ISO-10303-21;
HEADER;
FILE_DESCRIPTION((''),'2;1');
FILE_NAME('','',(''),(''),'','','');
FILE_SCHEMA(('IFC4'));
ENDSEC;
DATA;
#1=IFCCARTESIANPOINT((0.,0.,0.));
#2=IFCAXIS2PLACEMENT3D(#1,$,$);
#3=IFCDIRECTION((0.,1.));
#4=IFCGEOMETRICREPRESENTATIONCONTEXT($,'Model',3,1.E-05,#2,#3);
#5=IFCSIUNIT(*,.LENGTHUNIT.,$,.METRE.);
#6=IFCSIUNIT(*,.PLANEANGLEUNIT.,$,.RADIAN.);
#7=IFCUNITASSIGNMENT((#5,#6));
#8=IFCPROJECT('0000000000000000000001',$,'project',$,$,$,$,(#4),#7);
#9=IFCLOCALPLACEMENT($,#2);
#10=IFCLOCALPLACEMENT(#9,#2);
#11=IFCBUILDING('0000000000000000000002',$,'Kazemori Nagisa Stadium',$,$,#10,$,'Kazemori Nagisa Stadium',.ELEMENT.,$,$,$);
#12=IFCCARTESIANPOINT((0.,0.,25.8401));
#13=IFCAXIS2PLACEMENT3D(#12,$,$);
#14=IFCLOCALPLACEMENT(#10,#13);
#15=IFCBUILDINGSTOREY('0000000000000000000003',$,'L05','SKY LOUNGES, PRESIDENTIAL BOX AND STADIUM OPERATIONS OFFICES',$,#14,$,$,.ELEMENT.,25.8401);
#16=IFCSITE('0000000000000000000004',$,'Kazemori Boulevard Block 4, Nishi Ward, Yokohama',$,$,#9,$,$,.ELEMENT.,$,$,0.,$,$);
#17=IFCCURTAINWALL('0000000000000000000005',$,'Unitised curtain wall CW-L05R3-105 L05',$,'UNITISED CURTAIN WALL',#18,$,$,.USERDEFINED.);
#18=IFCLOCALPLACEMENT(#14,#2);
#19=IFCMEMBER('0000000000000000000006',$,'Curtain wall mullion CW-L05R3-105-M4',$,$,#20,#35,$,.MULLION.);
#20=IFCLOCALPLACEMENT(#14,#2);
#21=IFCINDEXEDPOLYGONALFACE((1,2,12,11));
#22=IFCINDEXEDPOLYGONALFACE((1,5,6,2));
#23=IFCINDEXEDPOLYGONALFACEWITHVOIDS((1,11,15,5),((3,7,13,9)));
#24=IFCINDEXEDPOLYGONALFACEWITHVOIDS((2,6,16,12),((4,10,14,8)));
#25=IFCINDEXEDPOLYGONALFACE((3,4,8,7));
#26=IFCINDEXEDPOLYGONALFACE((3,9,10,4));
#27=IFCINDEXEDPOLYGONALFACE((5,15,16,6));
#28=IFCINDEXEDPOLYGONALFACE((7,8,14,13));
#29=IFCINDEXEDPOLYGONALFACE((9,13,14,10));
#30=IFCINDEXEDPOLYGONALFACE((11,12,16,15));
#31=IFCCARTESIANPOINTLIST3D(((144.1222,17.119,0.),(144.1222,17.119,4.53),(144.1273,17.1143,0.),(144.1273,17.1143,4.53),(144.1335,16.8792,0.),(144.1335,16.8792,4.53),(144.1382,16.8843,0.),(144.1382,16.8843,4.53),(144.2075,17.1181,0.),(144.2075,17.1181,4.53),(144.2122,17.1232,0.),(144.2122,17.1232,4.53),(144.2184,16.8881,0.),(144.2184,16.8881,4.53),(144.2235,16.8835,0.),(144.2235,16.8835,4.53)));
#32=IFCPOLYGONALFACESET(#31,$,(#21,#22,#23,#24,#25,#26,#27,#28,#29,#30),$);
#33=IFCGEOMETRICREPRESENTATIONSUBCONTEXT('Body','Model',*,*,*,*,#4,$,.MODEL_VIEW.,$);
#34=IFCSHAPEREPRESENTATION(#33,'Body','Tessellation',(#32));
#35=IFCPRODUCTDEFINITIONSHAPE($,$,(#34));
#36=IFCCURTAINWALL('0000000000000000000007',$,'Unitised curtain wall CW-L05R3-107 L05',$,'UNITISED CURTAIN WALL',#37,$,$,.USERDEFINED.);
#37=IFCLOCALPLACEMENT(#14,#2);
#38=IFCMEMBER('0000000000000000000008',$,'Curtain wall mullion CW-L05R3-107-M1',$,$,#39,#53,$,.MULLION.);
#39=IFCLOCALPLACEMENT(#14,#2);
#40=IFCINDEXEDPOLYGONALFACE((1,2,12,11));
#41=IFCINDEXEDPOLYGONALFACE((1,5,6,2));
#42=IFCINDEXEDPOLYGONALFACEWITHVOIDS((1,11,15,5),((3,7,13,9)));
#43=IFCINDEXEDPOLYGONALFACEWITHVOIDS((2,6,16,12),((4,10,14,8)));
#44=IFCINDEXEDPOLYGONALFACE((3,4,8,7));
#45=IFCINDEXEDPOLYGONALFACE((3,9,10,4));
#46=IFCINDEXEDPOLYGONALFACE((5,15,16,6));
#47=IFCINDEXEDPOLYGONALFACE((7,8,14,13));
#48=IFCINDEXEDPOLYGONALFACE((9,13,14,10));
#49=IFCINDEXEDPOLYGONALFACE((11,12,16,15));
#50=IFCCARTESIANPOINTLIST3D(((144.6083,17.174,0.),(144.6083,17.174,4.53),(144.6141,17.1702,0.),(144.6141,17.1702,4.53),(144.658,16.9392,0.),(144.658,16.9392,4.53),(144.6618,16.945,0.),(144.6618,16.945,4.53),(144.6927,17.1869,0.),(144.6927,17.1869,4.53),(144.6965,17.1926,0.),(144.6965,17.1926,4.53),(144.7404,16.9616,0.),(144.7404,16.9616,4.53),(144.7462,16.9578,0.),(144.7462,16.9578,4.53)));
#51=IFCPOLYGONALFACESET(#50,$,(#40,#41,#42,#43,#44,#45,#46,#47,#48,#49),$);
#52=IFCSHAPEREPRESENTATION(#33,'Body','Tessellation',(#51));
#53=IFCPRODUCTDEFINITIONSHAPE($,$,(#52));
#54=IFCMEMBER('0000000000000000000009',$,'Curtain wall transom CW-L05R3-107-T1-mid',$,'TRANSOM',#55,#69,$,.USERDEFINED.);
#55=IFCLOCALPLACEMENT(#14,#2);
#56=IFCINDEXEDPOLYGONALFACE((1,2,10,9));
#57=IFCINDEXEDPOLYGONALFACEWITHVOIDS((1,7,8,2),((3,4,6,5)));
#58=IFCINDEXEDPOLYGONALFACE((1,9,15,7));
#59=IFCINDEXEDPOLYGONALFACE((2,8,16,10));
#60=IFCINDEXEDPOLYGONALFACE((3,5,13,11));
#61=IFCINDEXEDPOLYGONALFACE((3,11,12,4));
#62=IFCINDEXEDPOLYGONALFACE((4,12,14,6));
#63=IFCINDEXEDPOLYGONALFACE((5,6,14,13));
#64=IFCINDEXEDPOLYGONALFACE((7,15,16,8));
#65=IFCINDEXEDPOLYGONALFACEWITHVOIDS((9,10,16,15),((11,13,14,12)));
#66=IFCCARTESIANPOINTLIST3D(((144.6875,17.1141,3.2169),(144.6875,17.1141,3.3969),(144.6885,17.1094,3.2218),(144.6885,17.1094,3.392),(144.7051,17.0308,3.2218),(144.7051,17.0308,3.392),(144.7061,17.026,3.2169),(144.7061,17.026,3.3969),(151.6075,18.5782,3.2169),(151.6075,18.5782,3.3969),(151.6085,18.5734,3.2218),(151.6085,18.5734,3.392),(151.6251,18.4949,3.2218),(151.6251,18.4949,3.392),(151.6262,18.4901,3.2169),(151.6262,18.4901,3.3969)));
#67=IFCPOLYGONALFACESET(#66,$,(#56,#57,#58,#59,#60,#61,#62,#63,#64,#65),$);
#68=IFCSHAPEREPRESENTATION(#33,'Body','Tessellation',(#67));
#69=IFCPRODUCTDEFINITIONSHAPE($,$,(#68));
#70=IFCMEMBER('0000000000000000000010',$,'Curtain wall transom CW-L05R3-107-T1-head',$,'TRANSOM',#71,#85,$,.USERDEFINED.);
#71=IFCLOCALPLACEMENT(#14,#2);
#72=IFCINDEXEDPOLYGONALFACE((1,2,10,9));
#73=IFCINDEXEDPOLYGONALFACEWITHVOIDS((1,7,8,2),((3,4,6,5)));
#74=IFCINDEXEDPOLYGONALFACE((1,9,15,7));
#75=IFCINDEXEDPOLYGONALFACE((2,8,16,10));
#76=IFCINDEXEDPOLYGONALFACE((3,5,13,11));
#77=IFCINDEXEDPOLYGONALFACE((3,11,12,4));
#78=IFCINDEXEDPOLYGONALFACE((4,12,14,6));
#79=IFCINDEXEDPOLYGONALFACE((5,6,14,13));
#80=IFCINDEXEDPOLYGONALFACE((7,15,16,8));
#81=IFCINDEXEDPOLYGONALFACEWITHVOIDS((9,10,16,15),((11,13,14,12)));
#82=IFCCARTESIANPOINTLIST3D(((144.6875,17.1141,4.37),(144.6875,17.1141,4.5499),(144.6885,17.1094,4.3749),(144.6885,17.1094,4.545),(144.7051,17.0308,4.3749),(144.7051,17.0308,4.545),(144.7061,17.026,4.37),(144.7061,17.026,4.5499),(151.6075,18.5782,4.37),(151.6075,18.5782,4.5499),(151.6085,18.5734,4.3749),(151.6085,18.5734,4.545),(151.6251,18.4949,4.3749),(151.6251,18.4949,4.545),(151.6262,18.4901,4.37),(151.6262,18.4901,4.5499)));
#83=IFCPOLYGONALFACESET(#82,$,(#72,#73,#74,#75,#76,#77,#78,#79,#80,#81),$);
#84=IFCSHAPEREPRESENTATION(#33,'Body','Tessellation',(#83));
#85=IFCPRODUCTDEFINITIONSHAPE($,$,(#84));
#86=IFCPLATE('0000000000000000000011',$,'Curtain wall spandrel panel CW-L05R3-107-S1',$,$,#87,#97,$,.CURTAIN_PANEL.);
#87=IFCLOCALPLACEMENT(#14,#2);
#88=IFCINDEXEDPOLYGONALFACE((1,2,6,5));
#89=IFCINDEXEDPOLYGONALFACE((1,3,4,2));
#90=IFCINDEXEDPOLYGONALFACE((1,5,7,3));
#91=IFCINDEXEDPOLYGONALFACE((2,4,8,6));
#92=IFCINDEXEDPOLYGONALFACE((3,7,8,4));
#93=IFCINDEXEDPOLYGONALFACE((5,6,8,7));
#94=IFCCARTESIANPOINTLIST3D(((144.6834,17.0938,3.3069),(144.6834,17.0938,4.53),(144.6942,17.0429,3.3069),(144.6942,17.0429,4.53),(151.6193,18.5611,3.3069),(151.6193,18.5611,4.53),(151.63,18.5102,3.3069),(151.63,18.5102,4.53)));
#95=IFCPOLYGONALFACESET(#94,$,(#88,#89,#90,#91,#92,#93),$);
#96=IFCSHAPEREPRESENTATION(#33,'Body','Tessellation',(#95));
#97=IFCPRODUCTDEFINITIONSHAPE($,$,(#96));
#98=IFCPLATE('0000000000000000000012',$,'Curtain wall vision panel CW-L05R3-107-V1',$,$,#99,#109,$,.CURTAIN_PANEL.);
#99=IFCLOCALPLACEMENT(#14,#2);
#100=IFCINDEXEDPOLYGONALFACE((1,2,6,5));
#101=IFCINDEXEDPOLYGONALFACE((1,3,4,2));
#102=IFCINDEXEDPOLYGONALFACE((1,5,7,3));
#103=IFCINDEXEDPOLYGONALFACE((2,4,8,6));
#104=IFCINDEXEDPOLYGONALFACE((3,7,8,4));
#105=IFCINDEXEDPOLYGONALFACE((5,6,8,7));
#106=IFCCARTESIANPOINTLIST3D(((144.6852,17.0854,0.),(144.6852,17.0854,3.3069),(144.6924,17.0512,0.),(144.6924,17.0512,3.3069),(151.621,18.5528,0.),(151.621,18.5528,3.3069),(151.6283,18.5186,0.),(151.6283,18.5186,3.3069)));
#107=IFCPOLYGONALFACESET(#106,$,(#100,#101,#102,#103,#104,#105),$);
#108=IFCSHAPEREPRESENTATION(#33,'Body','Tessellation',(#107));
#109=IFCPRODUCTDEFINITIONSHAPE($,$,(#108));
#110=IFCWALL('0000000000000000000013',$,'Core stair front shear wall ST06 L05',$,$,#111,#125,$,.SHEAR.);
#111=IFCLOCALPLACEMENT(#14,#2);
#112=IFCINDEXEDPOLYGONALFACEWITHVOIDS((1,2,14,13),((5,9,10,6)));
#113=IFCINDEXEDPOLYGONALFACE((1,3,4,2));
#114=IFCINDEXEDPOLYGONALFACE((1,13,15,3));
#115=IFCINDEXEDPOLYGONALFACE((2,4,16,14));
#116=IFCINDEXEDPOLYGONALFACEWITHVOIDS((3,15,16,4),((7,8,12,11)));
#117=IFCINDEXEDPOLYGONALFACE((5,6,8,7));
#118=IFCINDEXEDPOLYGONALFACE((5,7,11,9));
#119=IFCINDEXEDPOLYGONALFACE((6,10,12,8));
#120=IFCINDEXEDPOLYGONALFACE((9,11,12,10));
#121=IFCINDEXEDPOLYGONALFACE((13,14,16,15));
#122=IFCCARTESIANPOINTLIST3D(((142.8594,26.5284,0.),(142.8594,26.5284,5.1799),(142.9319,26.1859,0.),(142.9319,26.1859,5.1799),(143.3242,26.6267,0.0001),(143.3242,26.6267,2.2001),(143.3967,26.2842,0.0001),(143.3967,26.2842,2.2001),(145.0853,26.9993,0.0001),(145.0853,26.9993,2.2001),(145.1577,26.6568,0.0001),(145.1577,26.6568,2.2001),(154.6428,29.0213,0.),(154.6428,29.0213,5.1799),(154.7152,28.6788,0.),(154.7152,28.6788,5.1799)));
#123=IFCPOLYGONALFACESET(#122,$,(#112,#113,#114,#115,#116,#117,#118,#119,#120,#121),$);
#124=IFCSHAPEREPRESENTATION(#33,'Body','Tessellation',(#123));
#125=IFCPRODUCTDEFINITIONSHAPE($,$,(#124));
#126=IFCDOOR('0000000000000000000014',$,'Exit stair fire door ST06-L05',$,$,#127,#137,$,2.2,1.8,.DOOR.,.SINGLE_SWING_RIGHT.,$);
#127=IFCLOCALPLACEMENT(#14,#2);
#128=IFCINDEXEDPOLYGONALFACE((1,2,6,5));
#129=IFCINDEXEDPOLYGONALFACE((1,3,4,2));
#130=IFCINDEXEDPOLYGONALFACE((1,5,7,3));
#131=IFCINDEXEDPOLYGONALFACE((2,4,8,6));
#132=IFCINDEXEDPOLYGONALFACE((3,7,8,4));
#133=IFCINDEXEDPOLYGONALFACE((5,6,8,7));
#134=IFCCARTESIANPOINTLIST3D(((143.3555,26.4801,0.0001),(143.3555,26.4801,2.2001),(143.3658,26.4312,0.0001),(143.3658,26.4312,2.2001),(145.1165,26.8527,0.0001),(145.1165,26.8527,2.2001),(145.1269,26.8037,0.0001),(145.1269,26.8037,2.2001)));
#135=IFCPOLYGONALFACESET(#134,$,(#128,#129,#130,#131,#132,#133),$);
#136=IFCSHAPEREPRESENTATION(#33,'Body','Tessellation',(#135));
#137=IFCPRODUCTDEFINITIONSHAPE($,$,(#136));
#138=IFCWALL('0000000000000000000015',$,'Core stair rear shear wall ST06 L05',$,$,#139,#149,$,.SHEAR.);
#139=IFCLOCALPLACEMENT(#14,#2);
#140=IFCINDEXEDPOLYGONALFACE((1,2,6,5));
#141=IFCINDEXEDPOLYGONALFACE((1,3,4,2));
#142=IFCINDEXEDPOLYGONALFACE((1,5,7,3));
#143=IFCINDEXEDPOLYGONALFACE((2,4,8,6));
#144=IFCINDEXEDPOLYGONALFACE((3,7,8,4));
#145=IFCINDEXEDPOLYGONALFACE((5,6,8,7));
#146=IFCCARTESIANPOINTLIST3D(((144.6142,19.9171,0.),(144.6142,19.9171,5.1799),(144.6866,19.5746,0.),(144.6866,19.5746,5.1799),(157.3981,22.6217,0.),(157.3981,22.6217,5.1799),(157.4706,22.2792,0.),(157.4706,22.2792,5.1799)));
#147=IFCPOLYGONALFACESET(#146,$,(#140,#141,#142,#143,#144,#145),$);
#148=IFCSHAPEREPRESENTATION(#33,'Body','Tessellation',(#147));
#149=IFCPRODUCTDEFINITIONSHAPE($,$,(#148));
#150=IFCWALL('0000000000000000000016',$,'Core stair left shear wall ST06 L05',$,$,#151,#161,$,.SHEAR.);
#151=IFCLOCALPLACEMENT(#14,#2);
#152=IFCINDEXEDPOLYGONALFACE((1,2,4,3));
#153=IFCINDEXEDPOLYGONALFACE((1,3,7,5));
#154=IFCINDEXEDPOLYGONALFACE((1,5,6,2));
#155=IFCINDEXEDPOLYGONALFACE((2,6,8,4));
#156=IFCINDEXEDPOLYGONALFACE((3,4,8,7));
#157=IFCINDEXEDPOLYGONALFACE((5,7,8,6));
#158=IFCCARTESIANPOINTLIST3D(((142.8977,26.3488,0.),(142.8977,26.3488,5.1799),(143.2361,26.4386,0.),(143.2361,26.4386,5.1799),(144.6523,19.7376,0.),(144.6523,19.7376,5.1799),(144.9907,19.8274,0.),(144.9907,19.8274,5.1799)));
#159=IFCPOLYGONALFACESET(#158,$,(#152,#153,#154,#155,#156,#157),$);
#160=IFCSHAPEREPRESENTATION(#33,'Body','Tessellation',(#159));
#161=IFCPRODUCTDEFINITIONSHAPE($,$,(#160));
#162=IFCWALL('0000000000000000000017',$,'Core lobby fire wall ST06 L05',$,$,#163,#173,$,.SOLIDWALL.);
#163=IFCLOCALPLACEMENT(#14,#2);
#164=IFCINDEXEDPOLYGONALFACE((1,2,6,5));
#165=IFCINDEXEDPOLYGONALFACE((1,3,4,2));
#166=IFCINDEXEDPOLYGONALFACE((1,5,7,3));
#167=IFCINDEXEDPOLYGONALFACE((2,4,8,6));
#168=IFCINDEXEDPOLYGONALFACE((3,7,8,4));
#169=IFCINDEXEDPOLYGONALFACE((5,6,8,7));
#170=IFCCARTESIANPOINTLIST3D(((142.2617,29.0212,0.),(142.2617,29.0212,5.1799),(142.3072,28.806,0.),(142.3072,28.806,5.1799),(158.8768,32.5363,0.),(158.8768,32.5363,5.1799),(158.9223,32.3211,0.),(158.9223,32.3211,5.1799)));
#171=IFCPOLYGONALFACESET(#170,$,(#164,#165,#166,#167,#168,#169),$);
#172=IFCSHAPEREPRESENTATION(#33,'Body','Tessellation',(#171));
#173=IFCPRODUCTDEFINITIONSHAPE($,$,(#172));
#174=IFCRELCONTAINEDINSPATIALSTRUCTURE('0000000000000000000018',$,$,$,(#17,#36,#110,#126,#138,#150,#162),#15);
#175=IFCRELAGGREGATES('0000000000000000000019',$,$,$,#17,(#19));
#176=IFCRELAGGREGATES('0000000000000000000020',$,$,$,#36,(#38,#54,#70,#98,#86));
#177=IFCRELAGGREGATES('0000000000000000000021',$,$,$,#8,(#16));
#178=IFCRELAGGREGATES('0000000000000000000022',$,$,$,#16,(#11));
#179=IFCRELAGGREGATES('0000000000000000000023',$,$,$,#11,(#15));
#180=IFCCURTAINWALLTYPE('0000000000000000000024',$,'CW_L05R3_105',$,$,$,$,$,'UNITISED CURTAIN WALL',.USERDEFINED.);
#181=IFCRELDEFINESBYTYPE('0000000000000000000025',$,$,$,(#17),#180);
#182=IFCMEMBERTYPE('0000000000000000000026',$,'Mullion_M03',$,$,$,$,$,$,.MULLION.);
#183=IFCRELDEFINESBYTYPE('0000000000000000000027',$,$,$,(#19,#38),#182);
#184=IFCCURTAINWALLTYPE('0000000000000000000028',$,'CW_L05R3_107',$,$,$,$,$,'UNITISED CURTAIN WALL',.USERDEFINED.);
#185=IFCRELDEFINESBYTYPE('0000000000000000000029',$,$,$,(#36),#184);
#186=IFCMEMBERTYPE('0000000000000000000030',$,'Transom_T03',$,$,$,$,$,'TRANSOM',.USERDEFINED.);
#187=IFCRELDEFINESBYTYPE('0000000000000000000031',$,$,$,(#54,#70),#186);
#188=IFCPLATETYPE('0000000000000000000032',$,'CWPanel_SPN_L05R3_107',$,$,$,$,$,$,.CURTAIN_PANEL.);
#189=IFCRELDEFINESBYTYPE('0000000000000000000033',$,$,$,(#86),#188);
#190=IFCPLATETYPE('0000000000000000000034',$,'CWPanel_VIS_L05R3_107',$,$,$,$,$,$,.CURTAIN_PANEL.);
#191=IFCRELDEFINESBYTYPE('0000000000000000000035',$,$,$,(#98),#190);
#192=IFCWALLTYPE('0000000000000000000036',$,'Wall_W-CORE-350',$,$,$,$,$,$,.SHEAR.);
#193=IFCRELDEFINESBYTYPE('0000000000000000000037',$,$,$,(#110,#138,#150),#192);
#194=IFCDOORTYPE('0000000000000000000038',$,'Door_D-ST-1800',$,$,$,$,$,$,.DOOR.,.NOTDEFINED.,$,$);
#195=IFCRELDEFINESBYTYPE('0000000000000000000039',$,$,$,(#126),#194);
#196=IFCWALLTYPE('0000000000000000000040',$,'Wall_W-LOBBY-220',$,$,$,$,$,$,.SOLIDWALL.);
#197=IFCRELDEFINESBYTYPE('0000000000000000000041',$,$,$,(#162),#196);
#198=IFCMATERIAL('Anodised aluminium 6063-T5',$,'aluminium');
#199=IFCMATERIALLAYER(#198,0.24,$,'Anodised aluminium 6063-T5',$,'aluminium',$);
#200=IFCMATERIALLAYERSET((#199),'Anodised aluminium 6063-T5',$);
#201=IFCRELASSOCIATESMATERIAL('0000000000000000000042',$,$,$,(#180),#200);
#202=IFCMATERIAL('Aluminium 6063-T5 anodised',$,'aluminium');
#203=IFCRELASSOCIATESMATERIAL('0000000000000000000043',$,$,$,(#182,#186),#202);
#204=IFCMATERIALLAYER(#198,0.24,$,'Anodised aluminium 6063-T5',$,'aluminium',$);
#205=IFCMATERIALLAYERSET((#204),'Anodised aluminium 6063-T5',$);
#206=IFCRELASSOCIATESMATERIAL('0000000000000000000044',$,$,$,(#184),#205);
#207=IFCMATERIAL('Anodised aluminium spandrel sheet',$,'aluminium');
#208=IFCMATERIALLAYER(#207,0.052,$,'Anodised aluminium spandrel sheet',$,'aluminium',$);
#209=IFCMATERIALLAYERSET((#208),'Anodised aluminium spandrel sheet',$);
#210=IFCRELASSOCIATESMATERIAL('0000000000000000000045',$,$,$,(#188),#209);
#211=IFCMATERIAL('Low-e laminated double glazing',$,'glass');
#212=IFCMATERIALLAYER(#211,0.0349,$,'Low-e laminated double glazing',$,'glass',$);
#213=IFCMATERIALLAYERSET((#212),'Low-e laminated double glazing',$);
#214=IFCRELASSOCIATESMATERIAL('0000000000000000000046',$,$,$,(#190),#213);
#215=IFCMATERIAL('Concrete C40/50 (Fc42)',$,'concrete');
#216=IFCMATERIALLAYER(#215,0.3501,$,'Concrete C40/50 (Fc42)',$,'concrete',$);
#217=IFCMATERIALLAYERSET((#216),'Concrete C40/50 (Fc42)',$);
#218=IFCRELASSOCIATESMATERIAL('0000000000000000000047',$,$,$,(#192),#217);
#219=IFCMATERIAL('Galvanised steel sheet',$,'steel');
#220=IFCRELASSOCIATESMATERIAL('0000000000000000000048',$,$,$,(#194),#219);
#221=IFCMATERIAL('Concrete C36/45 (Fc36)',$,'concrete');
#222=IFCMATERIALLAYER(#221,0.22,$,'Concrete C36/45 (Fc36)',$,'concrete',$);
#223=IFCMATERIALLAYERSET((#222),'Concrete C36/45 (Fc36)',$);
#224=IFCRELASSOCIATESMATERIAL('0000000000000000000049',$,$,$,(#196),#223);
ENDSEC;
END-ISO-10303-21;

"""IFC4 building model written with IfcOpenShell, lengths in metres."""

from ifc_helpers import new_model, si_unit, direction, frame, frame_2d, origin, origin_2d, place, context, subcontext, project, spatial, rectangle, hollow_rectangle, extrude, material, layer, layer_set, material_profile, profile_set, type_object, element, fill, aggregate, save


model = new_model("IFC4")

# Units and contexts
model_context = context("Model", 3, precision=1e-05, world=origin(), true_north=direction((0.0, 1.0)))
body_context = subcontext(model_context, "Body", "Model", "MODEL_VIEW")
ifc_project = project(units=[si_unit("LENGTHUNIT", "METRE"), si_unit("PLANEANGLEUNIT", "RADIAN")], contexts=[model_context])

# Site, building, storey
site_placement = place(None, origin())
site = spatial("IfcSite", under=ifc_project, at=site_placement, Name="Kazemori Boulevard Block 4, Nishi Ward, Yokohama", CompositionType="ELEMENT", RefElevation=0.0)
building_placement = place(site_placement, origin())
building = spatial("IfcBuilding", under=site, at=building_placement, Name="Kazemori Nagisa Stadium", LongName="Kazemori Nagisa Stadium", CompositionType="ELEMENT")
storey_placement = place(building_placement, frame((0.0, 0.0, 25.8401)))
storey = spatial("IfcBuildingStorey", under=building, at=storey_placement, Name="L05", Description="SKY LOUNGES, PRESIDENTIAL BOX AND STADIUM OPERATIONS OFFICES", CompositionType="ELEMENT", Elevation=25.8401)

# Shared definitions
ifc_material_1 = material(Name="Concrete C40/50 (Fc42)", Category="concrete")

# Curtain wall, member
ifc_material_2 = material(Name="Anodised aluminium 6063-T5", Category="aluminium")
ifc_layer_1 = layer(ifc_material_2, 0.24, Name="Anodised aluminium 6063-T5", Category="aluminium")
ifc_layer_set_1 = layer_set([ifc_layer_1], Name="Anodised aluminium 6063-T5")
curtain_wall_type_1 = type_object("IfcCurtainWallType", Name="CW_L05R3_105", ElementType="UNITISED CURTAIN WALL", PredefinedType="USERDEFINED", material=ifc_layer_set_1)
curtain_wall_1_placement = place(storey_placement, origin())
curtain_wall_1 = element("IfcCurtainWall", 1, at=curtain_wall_1_placement, inside=storey, type_object=curtain_wall_type_1, Name="Unitised curtain wall CW-L05R3-105 L05", ObjectType="UNITISED CURTAIN WALL", PredefinedType="USERDEFINED")
ifc_material_3 = material(Name="Aluminium 6063-T5 anodised", Category="aluminium")
ifc_material_profile_1 = material_profile(ifc_material_3, hollow_rectangle(XDim=0.0901, YDim=0.24, WallThickness=0.0049, at=origin_2d()), Name="ALU-MULL-90x240x5")
ifc_profile_set_1 = profile_set([ifc_material_profile_1], Name="Aluminium 6063-T5 anodised")
member_type_1 = type_object("IfcMemberType", Name="Mullion_M03", PredefinedType="MULLION", material=ifc_profile_set_1)
member_1_placement = place(storey_placement, frame((144.1729, 17.0012, 0.0), z_axis=(0.0, 0.0, 1.0), x_axis=(0.998884, 0.04723, 0.0)))
member_1 = element("IfcMember", 2, at=member_1_placement, type_object=member_type_1, Name="Curtain wall mullion CW-L05R3-105-M4", PredefinedType="MULLION", context=body_context, shape_type="SweptSolid", body=[
    extrude(hollow_rectangle(XDim=0.0901, YDim=0.24, WallThickness=0.0049, at=origin_2d()), origin(), (0.0, 0.0, 1.0), 4.53),
])
aggregate(curtain_wall_1, [member_1])

# Curtain wall, members, plates
ifc_layer_2 = layer(ifc_material_2, 0.24, Name="Anodised aluminium 6063-T5", Category="aluminium")
ifc_layer_set_2 = layer_set([ifc_layer_2], Name="Anodised aluminium 6063-T5")
curtain_wall_type_2 = type_object("IfcCurtainWallType", Name="CW_L05R3_107", ElementType="UNITISED CURTAIN WALL", PredefinedType="USERDEFINED", material=ifc_layer_set_2)
curtain_wall_2_placement = place(storey_placement, origin())
curtain_wall_2 = element("IfcCurtainWall", 3, at=curtain_wall_2_placement, inside=storey, type_object=curtain_wall_type_2, Name="Unitised curtain wall CW-L05R3-107 L05", ObjectType="UNITISED CURTAIN WALL", PredefinedType="USERDEFINED")
member_2_placement = place(storey_placement, frame((144.6772, 17.0659, 0.0), z_axis=(0.0, 0.0, 1.0), x_axis=(0.978345, 0.206981, 0.0)))
member_2 = element("IfcMember", 4, at=member_2_placement, type_object=member_type_1, Name="Curtain wall mullion CW-L05R3-107-M1", PredefinedType="MULLION", context=body_context, shape_type="SweptSolid", body=[
    extrude(hollow_rectangle(XDim=0.0901, YDim=0.24, WallThickness=0.0049, at=origin_2d()), origin(), (0.0, 0.0, 1.0), 4.53),
])
ifc_material_profile_2 = material_profile(ifc_material_3, hollow_rectangle(XDim=0.0901, YDim=0.1799, WallThickness=0.0049, at=origin_2d()), Name="ALU-TRAN-90x180x5")
ifc_profile_set_2 = profile_set([ifc_material_profile_2], Name="Aluminium 6063-T5 anodised")
member_type_2 = type_object("IfcMemberType", Name="Transom_T03", ElementType="TRANSOM", PredefinedType="USERDEFINED", material=ifc_profile_set_2)
member_3_placement = place(storey_placement, frame((144.6968, 17.0701, 3.3069), z_axis=(0.978343, 0.20699, 0.0), x_axis=(-0.20699, 0.978343, 0.0)))
member_3 = element("IfcMember", 5, at=member_3_placement, type_object=member_type_2, Name="Curtain wall transom CW-L05R3-107-T1-mid", ObjectType="TRANSOM", PredefinedType="USERDEFINED", context=body_context, shape_type="SweptSolid", body=[
    extrude(hollow_rectangle(XDim=0.0901, YDim=0.1799, WallThickness=0.0049, at=origin_2d()), origin(), (0.0, 0.0, 1.0), 7.0732),
])
member_4_placement = place(storey_placement, frame((144.6968, 17.0701, 4.46), z_axis=(0.978343, 0.20699, 0.0), x_axis=(-0.20699, 0.978343, 0.0)))
member_4 = element("IfcMember", 6, at=member_4_placement, type_object=member_type_2, Name="Curtain wall transom CW-L05R3-107-T1-head", ObjectType="TRANSOM", PredefinedType="USERDEFINED", context=body_context, shape_type="SweptSolid", body=[
    extrude(hollow_rectangle(XDim=0.0901, YDim=0.1799, WallThickness=0.0049, at=origin_2d()), origin(), (0.0, 0.0, 1.0), 7.0732),
])
ifc_material_4 = material(Name="Anodised aluminium spandrel sheet", Category="aluminium")
ifc_layer_3 = layer(ifc_material_4, 0.052, Name="Anodised aluminium spandrel sheet", Category="aluminium")
ifc_layer_set_3 = layer_set([ifc_layer_3], Name="Anodised aluminium spandrel sheet")
plate_type_1 = type_object("IfcPlateType", Name="CWPanel_SPN_L05R3_107", PredefinedType="CURTAIN_PANEL", material=ifc_layer_set_3)
plate_1_placement = place(storey_placement, frame((148.1567, 17.802, 3.3069), z_axis=(0.0, 0.0, 1.0), x_axis=(0.978345, 0.206981, 0.0)))
plate_1 = element("IfcPlate", 7, at=plate_1_placement, type_object=plate_type_1, Name="Curtain wall spandrel panel CW-L05R3-107-S1", PredefinedType="CURTAIN_PANEL", context=body_context, shape_type="SweptSolid", body=[
    extrude(rectangle(XDim=7.0894, YDim=0.052, at=origin_2d()), origin(), (0.0, 0.0, 1.0), 1.2231),
])
ifc_material_5 = material(Name="Low-e laminated double glazing", Category="glass")
ifc_layer_4 = layer(ifc_material_5, 0.0349, Name="Low-e laminated double glazing", Category="glass")
ifc_layer_set_4 = layer_set([ifc_layer_4], Name="Low-e laminated double glazing")
plate_type_2 = type_object("IfcPlateType", Name="CWPanel_VIS_L05R3_107", PredefinedType="CURTAIN_PANEL", material=ifc_layer_set_4)
plate_2_placement = place(storey_placement, frame((148.1567, 17.802, 0.0), z_axis=(0.0, 0.0, 1.0), x_axis=(0.978345, 0.206981, 0.0)))
plate_2 = element("IfcPlate", 8, at=plate_2_placement, type_object=plate_type_2, Name="Curtain wall vision panel CW-L05R3-107-V1", PredefinedType="CURTAIN_PANEL", context=body_context, shape_type="SweptSolid", body=[
    extrude(rectangle(XDim=7.0894, YDim=0.0349, at=origin_2d()), origin(), (0.0, 0.0, 1.0), 3.3069),
])
aggregate(curtain_wall_2, [member_2, member_3, member_4, plate_2, plate_1])

# Wall, opening, door
ifc_layer_5 = layer(ifc_material_1, 0.3501, Name="Concrete C40/50 (Fc42)", Category="concrete")
ifc_layer_set_5 = layer_set([ifc_layer_5], Name="Concrete C40/50 (Fc42)")
wall_type_1 = type_object("IfcWallType", Name="Wall_W-CORE-350", PredefinedType="SHEAR", material=ifc_layer_set_5)
wall_1_placement = place(storey_placement, frame((142.8958, 26.3572, 0.0), z_axis=(0.0, 0.0, 1.0), x_axis=(0.978345, 0.20698, 0.0)))
wall_1 = element("IfcWall", 9, at=wall_1_placement, inside=storey, type_object=wall_type_1, Name="Core stair front shear wall ST06 L05", PredefinedType="SHEAR", context=body_context, shape_type="SweptSolid", body=[
    extrude(rectangle(XDim=12.0442, YDim=0.3501, at=frame_2d((6.022, 0.0))), origin(), (0.0, 0.0, 1.0), 5.1799),
])
opening_1_placement = place(wall_1_placement, frame((0.4751, 0.0, 0.0)))
opening_1 = element("IfcOpeningElement", 10, at=opening_1_placement, cuts=wall_1, PredefinedType="OPENING", context=body_context, shape_type="SweptSolid", body=[
    extrude(rectangle(XDim=1.8, YDim=2.2, at=frame_2d((0.8999, 1.1001))), frame((0.0, 0.1851, 0.0), z_axis=(0.0, -1.0, 0.0), x_axis=(1.0, 0.0, 0.0)), (0.0, 0.0, 1.0), 0.3701),
])
ifc_material_6 = material(Name="Galvanised steel sheet", Category="steel")
door_type_1 = type_object("IfcDoorType", Name="Door_D-ST-1800", OperationType="NOTDEFINED", PredefinedType="DOOR", material=ifc_material_6)
door_1_placement = place(opening_1_placement, frame((1.8, 0.0, 0.0), z_axis=(0.0, 0.0, 1.0), x_axis=(-1.0, 0.0, 0.0)))
door_1 = element("IfcDoor", 11, at=door_1_placement, inside=storey, type_object=door_type_1, Name="Exit stair fire door ST06-L05", OperationType="SINGLE_SWING_RIGHT", OverallHeight=2.2, OverallWidth=1.8, PredefinedType="DOOR", context=body_context, shape_type="SweptSolid", body=[
    extrude(rectangle(XDim=1.8, YDim=2.2, at=frame_2d((0.8999, 1.1001))), frame((0.0, 0.0249, 0.0), z_axis=(0.0, -1.0, 0.0), x_axis=(1.0, 0.0, 0.0)), (0.0, 0.0, 1.0), 0.05),
])
fill(opening_1, door_1)

# Walls
wall_2_placement = place(storey_placement, frame((144.6504, 19.7458, 0.0), z_axis=(0.0, 0.0, 1.0), x_axis=(0.978345, 0.20698, 0.0)))
element("IfcWall", 12, at=wall_2_placement, inside=storey, type_object=wall_type_1, Name="Core stair rear shear wall ST06 L05", PredefinedType="SHEAR", context=body_context, shape_type="SweptSolid", body=[
    extrude(rectangle(XDim=13.0669, YDim=0.3501, at=frame_2d((6.5334, 0.0))), origin(), (0.0, 0.0, 1.0), 5.1799),
])
wall_3_placement = place(storey_placement, frame((143.0669, 26.3936, 0.0), z_axis=(0.0, 0.0, 1.0), x_axis=(0.256518, -0.966539, 0.0)))
element("IfcWall", 13, at=wall_3_placement, inside=storey, type_object=wall_type_1, Name="Core stair left shear wall ST06 L05", PredefinedType="SHEAR", context=body_context, shape_type="SweptSolid", body=[
    extrude(rectangle(XDim=6.8401, YDim=0.3501, at=frame_2d((3.4199, 0.0))), origin(), (0.0, 0.0, 1.0), 5.1799),
])
ifc_material_7 = material(Name="Concrete C36/45 (Fc36)", Category="concrete")
ifc_layer_6 = layer(ifc_material_7, 0.22, Name="Concrete C36/45 (Fc36)", Category="concrete")
ifc_layer_set_6 = layer_set([ifc_layer_6], Name="Concrete C36/45 (Fc36)")
wall_type_2 = type_object("IfcWallType", Name="Wall_W-LOBBY-220", PredefinedType="SOLIDWALL", material=ifc_layer_set_6)
wall_4_placement = place(storey_placement, frame((142.2844, 28.9136, 0.0), z_axis=(0.0, 0.0, 1.0), x_axis=(0.978345, 0.20698, 0.0)))
element("IfcWall", 14, at=wall_4_placement, inside=storey, type_object=wall_type_2, Name="Core lobby fire wall ST06 L05", PredefinedType="SOLIDWALL", context=body_context, shape_type="SweptSolid", body=[
    extrude(rectangle(XDim=16.9829, YDim=0.22, at=frame_2d((8.4915, 0.0))), origin(), (0.0, 0.0, 1.0), 5.1799),
])

save(model, "model.ifc")
